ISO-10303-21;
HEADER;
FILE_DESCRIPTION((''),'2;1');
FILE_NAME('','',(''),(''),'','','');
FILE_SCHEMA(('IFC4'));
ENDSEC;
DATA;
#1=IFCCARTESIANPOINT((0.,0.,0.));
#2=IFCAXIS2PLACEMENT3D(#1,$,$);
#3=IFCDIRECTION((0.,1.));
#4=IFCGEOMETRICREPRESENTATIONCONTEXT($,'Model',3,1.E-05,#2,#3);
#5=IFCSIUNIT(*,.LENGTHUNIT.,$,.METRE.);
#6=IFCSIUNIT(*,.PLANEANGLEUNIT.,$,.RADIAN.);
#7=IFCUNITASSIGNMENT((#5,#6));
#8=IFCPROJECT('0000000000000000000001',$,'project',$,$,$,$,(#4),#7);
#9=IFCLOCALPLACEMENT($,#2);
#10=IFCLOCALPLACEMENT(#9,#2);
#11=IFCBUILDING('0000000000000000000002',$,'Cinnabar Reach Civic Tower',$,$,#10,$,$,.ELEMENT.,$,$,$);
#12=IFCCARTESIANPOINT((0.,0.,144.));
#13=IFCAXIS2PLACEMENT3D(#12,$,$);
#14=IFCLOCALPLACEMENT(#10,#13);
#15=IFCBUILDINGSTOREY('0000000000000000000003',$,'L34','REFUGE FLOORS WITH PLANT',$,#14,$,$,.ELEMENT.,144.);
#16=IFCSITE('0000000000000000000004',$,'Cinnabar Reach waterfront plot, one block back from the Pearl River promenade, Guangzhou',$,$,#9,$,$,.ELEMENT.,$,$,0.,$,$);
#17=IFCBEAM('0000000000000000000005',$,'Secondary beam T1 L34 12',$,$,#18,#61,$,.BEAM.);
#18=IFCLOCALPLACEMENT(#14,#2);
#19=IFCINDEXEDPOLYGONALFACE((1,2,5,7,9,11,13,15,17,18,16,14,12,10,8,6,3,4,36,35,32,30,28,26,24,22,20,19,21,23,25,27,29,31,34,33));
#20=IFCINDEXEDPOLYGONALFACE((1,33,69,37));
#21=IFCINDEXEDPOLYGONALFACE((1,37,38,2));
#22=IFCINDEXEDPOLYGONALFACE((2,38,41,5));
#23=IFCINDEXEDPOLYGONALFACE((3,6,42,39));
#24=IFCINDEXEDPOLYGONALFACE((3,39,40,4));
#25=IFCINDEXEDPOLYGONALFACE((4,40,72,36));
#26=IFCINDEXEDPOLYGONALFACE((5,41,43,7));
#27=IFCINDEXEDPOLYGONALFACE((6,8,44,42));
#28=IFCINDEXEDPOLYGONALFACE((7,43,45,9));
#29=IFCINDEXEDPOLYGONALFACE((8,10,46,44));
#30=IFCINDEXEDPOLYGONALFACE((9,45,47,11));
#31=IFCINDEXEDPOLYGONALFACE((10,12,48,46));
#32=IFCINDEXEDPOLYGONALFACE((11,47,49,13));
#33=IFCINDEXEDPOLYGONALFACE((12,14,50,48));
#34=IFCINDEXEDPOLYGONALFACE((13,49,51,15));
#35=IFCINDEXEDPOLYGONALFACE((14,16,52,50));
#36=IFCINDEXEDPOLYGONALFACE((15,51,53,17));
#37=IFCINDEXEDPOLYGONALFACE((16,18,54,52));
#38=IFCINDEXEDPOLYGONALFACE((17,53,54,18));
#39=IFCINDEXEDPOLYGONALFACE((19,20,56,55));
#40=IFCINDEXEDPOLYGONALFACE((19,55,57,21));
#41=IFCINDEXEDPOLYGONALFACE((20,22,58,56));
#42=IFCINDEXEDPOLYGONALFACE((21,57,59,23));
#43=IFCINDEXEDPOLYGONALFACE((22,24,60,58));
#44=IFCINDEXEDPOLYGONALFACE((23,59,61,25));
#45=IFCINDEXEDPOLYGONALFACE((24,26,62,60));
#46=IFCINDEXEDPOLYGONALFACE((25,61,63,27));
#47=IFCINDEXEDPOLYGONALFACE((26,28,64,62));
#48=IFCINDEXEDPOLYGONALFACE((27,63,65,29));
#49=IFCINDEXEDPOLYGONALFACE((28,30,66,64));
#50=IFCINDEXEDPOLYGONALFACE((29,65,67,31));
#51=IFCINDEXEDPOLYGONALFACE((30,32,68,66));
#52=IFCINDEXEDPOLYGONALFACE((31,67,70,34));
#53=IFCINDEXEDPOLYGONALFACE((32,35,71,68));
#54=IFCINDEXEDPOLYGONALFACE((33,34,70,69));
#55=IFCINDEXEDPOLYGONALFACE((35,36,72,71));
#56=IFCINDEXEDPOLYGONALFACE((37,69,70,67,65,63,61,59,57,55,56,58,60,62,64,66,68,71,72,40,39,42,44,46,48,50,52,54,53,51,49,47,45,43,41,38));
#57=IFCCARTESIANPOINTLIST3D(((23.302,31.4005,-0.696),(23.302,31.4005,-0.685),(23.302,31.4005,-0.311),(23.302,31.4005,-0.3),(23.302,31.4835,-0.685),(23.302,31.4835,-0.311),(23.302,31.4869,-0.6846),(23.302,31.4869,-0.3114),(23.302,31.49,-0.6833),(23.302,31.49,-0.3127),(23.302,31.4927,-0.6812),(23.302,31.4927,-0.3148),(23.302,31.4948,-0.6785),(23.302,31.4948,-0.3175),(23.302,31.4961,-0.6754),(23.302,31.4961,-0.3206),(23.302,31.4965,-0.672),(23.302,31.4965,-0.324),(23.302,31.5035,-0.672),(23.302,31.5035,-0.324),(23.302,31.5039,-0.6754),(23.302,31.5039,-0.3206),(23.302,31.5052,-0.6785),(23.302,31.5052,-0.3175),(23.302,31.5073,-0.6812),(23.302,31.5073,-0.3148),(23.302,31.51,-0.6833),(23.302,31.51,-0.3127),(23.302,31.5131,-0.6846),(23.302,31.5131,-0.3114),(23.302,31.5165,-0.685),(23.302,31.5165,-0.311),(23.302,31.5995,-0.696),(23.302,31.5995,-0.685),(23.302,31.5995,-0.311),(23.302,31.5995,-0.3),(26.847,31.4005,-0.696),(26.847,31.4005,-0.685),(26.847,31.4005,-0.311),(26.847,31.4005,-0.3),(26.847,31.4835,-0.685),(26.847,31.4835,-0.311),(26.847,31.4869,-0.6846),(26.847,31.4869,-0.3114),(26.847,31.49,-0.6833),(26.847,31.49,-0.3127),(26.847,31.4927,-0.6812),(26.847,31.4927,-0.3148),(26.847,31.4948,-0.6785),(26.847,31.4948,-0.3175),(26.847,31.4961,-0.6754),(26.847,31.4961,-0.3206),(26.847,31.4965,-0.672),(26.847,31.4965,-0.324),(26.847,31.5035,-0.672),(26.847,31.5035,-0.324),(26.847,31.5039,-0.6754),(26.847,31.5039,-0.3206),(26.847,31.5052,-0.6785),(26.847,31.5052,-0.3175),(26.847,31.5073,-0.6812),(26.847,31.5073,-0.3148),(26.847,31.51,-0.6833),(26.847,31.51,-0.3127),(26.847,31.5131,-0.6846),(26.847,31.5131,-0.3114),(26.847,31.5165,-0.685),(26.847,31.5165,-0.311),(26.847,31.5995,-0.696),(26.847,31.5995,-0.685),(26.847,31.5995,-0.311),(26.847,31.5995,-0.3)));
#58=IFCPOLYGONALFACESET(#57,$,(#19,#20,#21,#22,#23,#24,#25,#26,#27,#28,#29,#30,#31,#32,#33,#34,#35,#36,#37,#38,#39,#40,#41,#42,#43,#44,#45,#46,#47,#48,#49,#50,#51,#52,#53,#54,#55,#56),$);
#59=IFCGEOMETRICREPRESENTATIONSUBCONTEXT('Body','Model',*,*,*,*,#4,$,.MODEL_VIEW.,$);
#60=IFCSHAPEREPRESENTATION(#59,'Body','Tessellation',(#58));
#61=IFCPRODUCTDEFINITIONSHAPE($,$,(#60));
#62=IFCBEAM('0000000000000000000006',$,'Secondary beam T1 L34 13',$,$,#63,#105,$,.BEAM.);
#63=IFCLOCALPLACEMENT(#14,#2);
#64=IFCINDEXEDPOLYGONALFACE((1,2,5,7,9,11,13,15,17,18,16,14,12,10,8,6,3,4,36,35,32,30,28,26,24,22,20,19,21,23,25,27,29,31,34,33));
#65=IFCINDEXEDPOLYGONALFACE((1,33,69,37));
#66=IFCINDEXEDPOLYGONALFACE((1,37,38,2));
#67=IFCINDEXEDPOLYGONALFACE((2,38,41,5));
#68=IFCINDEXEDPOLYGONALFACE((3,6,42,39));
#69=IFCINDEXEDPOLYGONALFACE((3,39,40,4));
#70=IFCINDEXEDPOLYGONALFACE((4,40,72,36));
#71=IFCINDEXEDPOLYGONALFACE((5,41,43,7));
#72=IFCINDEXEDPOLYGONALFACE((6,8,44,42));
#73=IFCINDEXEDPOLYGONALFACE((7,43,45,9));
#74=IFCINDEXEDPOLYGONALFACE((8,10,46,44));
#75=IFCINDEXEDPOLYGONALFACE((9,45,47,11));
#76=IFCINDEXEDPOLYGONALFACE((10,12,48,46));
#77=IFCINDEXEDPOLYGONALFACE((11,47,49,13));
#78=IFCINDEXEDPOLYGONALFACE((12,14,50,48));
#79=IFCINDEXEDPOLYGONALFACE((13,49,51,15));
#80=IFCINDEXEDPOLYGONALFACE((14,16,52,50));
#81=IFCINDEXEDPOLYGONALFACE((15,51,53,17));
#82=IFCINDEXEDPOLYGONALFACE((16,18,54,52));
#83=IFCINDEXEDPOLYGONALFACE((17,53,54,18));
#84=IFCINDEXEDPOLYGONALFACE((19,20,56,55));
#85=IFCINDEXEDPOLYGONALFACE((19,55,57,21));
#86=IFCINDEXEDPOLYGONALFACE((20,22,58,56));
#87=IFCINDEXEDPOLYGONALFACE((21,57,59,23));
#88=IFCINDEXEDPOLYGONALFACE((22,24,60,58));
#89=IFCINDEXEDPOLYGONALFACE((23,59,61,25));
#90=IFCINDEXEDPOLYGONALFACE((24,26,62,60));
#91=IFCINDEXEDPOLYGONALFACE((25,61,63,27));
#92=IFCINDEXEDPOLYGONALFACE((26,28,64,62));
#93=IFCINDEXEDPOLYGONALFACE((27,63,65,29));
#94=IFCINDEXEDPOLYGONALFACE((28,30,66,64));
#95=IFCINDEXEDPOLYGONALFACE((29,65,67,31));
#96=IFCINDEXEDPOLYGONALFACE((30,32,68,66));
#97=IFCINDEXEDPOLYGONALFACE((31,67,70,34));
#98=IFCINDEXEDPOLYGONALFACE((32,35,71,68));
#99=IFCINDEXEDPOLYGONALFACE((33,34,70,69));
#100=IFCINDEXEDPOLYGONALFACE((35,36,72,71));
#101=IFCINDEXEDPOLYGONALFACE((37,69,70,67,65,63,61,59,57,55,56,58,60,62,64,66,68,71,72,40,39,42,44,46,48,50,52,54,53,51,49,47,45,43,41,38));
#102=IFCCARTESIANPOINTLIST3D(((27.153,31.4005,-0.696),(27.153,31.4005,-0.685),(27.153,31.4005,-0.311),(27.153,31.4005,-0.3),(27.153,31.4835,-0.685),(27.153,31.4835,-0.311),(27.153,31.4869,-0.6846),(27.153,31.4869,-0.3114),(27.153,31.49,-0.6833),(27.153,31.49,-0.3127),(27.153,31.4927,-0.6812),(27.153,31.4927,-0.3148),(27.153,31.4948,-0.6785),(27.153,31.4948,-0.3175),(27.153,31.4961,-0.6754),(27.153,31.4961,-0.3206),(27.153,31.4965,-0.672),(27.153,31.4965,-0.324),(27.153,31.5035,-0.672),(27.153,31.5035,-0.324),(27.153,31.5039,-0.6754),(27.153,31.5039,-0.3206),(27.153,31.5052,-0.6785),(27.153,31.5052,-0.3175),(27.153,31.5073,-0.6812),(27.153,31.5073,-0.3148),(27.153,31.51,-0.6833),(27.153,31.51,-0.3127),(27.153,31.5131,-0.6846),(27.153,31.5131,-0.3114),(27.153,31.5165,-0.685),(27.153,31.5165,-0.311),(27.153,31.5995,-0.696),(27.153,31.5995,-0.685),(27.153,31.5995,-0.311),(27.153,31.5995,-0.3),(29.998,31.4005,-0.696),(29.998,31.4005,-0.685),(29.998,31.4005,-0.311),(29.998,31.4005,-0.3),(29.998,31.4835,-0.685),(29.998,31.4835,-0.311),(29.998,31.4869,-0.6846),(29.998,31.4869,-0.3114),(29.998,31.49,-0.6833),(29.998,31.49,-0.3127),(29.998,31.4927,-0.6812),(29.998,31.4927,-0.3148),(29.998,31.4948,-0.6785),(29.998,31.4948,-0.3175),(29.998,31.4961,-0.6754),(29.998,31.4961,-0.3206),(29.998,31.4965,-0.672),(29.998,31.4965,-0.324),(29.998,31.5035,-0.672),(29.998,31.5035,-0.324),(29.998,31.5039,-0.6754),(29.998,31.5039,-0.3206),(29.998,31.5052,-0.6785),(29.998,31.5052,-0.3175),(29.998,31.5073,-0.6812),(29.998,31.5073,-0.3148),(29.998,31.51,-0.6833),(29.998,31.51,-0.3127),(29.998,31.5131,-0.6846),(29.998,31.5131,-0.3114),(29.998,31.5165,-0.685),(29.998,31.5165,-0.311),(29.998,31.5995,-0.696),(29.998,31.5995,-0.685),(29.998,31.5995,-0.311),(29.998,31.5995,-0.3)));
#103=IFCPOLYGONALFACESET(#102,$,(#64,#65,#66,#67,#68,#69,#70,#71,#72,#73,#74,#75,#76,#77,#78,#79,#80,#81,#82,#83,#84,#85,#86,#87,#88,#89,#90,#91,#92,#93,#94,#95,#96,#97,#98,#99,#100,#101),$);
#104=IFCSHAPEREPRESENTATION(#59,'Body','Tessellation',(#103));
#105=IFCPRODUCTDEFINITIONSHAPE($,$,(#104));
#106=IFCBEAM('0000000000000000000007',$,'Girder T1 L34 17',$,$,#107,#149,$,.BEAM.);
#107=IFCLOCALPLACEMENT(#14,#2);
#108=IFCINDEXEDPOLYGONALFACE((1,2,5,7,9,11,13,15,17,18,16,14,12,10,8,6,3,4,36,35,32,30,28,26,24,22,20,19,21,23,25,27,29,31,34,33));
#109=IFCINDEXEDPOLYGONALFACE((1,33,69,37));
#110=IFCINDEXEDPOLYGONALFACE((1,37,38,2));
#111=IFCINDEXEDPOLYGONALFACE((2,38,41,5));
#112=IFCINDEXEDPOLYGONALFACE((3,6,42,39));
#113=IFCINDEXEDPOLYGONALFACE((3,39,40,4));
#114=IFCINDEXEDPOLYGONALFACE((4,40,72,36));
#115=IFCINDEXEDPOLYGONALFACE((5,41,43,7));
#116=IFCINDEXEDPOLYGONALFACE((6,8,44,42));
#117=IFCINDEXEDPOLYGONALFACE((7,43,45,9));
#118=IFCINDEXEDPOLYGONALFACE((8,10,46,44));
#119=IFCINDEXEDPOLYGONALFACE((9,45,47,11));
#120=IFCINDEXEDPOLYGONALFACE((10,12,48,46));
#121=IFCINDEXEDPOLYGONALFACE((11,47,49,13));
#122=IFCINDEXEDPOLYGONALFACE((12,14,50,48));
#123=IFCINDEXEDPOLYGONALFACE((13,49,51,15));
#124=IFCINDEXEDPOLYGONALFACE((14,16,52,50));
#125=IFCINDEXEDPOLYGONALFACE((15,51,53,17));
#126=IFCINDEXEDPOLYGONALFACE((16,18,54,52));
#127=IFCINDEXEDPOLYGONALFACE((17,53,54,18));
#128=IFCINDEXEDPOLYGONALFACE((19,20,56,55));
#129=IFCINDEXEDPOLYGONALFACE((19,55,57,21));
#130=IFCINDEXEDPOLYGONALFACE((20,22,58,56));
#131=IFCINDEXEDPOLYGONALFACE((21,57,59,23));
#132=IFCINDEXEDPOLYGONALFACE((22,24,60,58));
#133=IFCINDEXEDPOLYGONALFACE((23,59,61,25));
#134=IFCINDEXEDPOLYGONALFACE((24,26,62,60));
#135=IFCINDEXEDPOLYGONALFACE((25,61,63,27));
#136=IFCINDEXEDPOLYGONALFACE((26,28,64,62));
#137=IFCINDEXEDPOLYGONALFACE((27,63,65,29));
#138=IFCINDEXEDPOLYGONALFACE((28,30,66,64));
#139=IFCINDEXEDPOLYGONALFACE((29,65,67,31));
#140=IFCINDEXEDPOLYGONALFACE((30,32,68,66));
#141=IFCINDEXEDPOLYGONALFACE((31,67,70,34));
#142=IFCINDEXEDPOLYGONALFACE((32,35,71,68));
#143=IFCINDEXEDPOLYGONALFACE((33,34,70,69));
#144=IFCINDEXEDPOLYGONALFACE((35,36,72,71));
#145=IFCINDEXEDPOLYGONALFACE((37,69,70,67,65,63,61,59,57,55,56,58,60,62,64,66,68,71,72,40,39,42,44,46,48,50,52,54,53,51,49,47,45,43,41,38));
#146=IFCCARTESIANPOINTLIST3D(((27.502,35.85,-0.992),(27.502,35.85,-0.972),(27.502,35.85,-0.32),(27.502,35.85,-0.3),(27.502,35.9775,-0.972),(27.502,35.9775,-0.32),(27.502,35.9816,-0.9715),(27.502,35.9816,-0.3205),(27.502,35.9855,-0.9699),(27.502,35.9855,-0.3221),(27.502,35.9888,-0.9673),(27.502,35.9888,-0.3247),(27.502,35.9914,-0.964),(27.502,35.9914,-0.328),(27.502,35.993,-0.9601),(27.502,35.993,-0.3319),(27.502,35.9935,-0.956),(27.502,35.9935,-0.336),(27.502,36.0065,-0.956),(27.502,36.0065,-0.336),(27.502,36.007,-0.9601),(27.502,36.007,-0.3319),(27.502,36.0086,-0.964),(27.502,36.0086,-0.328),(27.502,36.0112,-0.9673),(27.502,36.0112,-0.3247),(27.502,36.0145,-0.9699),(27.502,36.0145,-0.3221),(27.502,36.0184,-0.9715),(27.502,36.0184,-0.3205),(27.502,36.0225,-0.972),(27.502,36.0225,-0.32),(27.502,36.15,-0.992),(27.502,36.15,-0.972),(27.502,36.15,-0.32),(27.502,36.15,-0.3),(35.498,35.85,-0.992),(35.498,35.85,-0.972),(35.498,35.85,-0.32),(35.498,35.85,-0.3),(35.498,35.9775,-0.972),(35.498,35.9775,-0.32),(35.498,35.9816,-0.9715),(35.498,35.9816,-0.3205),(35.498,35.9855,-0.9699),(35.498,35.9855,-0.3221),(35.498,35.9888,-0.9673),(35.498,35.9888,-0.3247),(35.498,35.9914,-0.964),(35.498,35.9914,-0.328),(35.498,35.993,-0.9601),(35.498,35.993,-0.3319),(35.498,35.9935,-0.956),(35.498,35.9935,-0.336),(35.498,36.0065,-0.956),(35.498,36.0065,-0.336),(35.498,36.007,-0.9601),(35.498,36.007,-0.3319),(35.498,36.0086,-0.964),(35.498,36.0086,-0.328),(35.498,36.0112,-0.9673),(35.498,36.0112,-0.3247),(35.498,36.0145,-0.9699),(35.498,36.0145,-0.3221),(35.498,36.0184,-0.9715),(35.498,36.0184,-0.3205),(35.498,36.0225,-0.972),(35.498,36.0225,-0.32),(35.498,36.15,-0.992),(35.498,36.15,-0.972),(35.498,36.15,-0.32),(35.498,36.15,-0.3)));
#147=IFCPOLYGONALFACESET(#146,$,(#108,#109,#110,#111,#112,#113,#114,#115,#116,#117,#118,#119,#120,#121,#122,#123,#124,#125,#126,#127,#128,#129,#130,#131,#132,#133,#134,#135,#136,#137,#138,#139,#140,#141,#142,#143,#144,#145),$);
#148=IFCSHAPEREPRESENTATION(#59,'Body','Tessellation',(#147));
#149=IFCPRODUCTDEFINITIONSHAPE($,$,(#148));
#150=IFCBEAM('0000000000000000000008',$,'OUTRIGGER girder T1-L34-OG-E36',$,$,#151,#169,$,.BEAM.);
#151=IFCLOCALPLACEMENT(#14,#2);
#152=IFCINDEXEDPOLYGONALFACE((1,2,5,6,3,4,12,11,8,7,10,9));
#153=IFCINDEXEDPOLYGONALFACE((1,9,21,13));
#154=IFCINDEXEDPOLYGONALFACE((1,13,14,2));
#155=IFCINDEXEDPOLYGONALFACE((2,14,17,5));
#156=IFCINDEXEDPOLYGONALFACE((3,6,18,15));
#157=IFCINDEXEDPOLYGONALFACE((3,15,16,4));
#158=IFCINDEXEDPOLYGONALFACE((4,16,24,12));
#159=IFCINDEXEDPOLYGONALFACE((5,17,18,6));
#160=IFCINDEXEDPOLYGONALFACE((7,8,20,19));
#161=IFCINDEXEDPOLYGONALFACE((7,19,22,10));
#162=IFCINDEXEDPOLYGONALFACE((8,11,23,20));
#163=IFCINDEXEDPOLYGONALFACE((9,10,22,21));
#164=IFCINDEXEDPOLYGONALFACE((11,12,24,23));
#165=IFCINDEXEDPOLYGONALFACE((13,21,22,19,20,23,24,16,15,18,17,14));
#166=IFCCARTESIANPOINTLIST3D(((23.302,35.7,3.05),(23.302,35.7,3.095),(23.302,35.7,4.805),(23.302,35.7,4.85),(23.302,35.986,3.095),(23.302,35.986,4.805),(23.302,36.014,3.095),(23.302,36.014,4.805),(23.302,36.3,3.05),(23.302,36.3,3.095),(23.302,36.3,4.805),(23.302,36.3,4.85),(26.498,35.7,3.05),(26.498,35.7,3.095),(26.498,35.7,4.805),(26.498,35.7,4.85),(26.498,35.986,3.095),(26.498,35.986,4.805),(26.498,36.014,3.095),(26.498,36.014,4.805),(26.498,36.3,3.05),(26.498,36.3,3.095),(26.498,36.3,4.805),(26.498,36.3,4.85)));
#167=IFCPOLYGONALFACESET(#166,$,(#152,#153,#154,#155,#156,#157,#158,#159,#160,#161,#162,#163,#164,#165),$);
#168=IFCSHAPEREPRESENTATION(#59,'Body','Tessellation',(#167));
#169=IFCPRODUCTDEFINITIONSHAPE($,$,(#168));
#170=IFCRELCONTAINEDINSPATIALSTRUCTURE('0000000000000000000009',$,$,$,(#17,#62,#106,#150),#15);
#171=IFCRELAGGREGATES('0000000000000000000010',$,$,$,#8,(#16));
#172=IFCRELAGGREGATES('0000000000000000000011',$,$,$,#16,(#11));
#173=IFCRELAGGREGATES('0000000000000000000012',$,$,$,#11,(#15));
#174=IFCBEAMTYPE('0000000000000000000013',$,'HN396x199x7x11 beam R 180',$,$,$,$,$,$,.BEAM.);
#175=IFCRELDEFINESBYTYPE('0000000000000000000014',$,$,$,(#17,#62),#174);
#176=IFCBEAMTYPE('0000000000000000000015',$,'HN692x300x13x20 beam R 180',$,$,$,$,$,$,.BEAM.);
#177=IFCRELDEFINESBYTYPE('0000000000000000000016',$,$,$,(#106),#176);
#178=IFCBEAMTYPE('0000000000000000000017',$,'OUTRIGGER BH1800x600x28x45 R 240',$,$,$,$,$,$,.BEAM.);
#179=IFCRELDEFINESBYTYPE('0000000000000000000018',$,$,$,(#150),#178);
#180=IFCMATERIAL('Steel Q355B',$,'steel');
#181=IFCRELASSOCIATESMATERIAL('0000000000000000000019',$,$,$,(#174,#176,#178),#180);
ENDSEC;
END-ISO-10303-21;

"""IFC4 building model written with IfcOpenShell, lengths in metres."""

from ifc_helpers import new_model, si_unit, direction, frame, origin, origin_2d, place, context, subcontext, project, spatial, i_section, extrude, material, material_profile, profile_set, type_object, element, save


model = new_model("IFC4")

# Units and contexts
model_context = context("Model", 3, precision=1e-05, world=origin(), true_north=direction((0.0, 1.0)))
body_context = subcontext(model_context, "Body", "Model", "MODEL_VIEW")
ifc_project = project(units=[si_unit("LENGTHUNIT", "METRE"), si_unit("PLANEANGLEUNIT", "RADIAN")], contexts=[model_context])

# Site, building, storey
site_placement = place(None, origin())
site = spatial("IfcSite", under=ifc_project, at=site_placement, Name="Cinnabar Reach waterfront plot, one block back from the Pearl River promenade, Guangzhou", CompositionType="ELEMENT", RefElevation=0.0)
building_placement = place(site_placement, origin())
building = spatial("IfcBuilding", under=site, at=building_placement, Name="Cinnabar Reach Civic Tower", CompositionType="ELEMENT")
storey_placement = place(building_placement, frame((0.0, 0.0, 144.0)))
storey = spatial("IfcBuildingStorey", under=building, at=storey_placement, Name="L34", Description="REFUGE FLOORS WITH PLANT", CompositionType="ELEMENT", Elevation=144.0)

# Beams
ifc_material_1 = material(Name="Steel Q355B", Category="steel")
ifc_material_profile_1 = material_profile(ifc_material_1, i_section(OverallWidth=0.199, OverallDepth=0.396, WebThickness=0.007, FlangeThickness=0.011, FilletRadius=0.013, at=origin_2d()), Name="HN396x199x7x11")
ifc_profile_set_1 = profile_set([ifc_material_profile_1], Name="Steel Q355B")
beam_type_1 = type_object("IfcBeamType", Name="HN396x199x7x11 beam R 180", PredefinedType="BEAM", material=ifc_profile_set_1)
beam_1_placement = place(storey_placement, frame((23.302, 31.5, -0.498), z_axis=(1.0, 0.0, 0.0), x_axis=(0.0, 1.0, 0.0)))
element("IfcBeam", 1, at=beam_1_placement, inside=storey, type_object=beam_type_1, Name="Secondary beam T1 L34 12", PredefinedType="BEAM", context=body_context, shape_type="SweptSolid", body=[
    extrude(i_section(OverallWidth=0.199, OverallDepth=0.396, WebThickness=0.007, FlangeThickness=0.011, FilletRadius=0.013, at=origin_2d()), origin(), (0.0, 0.0, 1.0), 3.545),
])
beam_2_placement = place(storey_placement, frame((27.153, 31.5, -0.498), z_axis=(1.0, 0.0, 0.0), x_axis=(0.0, 1.0, 0.0)))
element("IfcBeam", 2, at=beam_2_placement, inside=storey, type_object=beam_type_1, Name="Secondary beam T1 L34 13", PredefinedType="BEAM", context=body_context, shape_type="SweptSolid", body=[
    extrude(i_section(OverallWidth=0.199, OverallDepth=0.396, WebThickness=0.007, FlangeThickness=0.011, FilletRadius=0.013, at=origin_2d()), origin(), (0.0, 0.0, 1.0), 2.845),
])
ifc_material_profile_2 = material_profile(ifc_material_1, i_section(OverallWidth=0.3, OverallDepth=0.692, WebThickness=0.013, FlangeThickness=0.02, FilletRadius=0.016, at=origin_2d()), Name="HN692x300x13x20")
ifc_profile_set_2 = profile_set([ifc_material_profile_2], Name="Steel Q355B")
beam_type_2 = type_object("IfcBeamType", Name="HN692x300x13x20 beam R 180", PredefinedType="BEAM", material=ifc_profile_set_2)
beam_3_placement = place(storey_placement, frame((27.502, 36.0, -0.646), z_axis=(1.0, 0.0, 0.0), x_axis=(0.0, 1.0, 0.0)))
element("IfcBeam", 3, at=beam_3_placement, inside=storey, type_object=beam_type_2, Name="Girder T1 L34 17", PredefinedType="BEAM", context=body_context, shape_type="SweptSolid", body=[
    extrude(i_section(OverallWidth=0.3, OverallDepth=0.692, WebThickness=0.013, FlangeThickness=0.02, FilletRadius=0.016, at=origin_2d()), origin(), (0.0, 0.0, 1.0), 7.996),
])
ifc_material_profile_3 = material_profile(ifc_material_1, i_section(OverallWidth=0.6, OverallDepth=1.8, WebThickness=0.028, FlangeThickness=0.045, at=origin_2d()), Name="BH1800x600x28x45")
ifc_profile_set_3 = profile_set([ifc_material_profile_3], Name="Steel Q355B")
beam_type_3 = type_object("IfcBeamType", Name="OUTRIGGER BH1800x600x28x45 R 240", PredefinedType="BEAM", material=ifc_profile_set_3)
beam_4_placement = place(storey_placement, frame((23.302, 36.0, 3.95), z_axis=(1.0, 0.0, 0.0), x_axis=(0.0, 1.0, 0.0)))
element("IfcBeam", 4, at=beam_4_placement, inside=storey, type_object=beam_type_3, Name="OUTRIGGER girder T1-L34-OG-E36", PredefinedType="BEAM", context=body_context, shape_type="SweptSolid", body=[
    extrude(i_section(OverallWidth=0.6, OverallDepth=1.8, WebThickness=0.028, FlangeThickness=0.045, at=origin_2d()), origin(), (0.0, 0.0, 1.0), 3.196),
])

save(model, "model.ifc")
